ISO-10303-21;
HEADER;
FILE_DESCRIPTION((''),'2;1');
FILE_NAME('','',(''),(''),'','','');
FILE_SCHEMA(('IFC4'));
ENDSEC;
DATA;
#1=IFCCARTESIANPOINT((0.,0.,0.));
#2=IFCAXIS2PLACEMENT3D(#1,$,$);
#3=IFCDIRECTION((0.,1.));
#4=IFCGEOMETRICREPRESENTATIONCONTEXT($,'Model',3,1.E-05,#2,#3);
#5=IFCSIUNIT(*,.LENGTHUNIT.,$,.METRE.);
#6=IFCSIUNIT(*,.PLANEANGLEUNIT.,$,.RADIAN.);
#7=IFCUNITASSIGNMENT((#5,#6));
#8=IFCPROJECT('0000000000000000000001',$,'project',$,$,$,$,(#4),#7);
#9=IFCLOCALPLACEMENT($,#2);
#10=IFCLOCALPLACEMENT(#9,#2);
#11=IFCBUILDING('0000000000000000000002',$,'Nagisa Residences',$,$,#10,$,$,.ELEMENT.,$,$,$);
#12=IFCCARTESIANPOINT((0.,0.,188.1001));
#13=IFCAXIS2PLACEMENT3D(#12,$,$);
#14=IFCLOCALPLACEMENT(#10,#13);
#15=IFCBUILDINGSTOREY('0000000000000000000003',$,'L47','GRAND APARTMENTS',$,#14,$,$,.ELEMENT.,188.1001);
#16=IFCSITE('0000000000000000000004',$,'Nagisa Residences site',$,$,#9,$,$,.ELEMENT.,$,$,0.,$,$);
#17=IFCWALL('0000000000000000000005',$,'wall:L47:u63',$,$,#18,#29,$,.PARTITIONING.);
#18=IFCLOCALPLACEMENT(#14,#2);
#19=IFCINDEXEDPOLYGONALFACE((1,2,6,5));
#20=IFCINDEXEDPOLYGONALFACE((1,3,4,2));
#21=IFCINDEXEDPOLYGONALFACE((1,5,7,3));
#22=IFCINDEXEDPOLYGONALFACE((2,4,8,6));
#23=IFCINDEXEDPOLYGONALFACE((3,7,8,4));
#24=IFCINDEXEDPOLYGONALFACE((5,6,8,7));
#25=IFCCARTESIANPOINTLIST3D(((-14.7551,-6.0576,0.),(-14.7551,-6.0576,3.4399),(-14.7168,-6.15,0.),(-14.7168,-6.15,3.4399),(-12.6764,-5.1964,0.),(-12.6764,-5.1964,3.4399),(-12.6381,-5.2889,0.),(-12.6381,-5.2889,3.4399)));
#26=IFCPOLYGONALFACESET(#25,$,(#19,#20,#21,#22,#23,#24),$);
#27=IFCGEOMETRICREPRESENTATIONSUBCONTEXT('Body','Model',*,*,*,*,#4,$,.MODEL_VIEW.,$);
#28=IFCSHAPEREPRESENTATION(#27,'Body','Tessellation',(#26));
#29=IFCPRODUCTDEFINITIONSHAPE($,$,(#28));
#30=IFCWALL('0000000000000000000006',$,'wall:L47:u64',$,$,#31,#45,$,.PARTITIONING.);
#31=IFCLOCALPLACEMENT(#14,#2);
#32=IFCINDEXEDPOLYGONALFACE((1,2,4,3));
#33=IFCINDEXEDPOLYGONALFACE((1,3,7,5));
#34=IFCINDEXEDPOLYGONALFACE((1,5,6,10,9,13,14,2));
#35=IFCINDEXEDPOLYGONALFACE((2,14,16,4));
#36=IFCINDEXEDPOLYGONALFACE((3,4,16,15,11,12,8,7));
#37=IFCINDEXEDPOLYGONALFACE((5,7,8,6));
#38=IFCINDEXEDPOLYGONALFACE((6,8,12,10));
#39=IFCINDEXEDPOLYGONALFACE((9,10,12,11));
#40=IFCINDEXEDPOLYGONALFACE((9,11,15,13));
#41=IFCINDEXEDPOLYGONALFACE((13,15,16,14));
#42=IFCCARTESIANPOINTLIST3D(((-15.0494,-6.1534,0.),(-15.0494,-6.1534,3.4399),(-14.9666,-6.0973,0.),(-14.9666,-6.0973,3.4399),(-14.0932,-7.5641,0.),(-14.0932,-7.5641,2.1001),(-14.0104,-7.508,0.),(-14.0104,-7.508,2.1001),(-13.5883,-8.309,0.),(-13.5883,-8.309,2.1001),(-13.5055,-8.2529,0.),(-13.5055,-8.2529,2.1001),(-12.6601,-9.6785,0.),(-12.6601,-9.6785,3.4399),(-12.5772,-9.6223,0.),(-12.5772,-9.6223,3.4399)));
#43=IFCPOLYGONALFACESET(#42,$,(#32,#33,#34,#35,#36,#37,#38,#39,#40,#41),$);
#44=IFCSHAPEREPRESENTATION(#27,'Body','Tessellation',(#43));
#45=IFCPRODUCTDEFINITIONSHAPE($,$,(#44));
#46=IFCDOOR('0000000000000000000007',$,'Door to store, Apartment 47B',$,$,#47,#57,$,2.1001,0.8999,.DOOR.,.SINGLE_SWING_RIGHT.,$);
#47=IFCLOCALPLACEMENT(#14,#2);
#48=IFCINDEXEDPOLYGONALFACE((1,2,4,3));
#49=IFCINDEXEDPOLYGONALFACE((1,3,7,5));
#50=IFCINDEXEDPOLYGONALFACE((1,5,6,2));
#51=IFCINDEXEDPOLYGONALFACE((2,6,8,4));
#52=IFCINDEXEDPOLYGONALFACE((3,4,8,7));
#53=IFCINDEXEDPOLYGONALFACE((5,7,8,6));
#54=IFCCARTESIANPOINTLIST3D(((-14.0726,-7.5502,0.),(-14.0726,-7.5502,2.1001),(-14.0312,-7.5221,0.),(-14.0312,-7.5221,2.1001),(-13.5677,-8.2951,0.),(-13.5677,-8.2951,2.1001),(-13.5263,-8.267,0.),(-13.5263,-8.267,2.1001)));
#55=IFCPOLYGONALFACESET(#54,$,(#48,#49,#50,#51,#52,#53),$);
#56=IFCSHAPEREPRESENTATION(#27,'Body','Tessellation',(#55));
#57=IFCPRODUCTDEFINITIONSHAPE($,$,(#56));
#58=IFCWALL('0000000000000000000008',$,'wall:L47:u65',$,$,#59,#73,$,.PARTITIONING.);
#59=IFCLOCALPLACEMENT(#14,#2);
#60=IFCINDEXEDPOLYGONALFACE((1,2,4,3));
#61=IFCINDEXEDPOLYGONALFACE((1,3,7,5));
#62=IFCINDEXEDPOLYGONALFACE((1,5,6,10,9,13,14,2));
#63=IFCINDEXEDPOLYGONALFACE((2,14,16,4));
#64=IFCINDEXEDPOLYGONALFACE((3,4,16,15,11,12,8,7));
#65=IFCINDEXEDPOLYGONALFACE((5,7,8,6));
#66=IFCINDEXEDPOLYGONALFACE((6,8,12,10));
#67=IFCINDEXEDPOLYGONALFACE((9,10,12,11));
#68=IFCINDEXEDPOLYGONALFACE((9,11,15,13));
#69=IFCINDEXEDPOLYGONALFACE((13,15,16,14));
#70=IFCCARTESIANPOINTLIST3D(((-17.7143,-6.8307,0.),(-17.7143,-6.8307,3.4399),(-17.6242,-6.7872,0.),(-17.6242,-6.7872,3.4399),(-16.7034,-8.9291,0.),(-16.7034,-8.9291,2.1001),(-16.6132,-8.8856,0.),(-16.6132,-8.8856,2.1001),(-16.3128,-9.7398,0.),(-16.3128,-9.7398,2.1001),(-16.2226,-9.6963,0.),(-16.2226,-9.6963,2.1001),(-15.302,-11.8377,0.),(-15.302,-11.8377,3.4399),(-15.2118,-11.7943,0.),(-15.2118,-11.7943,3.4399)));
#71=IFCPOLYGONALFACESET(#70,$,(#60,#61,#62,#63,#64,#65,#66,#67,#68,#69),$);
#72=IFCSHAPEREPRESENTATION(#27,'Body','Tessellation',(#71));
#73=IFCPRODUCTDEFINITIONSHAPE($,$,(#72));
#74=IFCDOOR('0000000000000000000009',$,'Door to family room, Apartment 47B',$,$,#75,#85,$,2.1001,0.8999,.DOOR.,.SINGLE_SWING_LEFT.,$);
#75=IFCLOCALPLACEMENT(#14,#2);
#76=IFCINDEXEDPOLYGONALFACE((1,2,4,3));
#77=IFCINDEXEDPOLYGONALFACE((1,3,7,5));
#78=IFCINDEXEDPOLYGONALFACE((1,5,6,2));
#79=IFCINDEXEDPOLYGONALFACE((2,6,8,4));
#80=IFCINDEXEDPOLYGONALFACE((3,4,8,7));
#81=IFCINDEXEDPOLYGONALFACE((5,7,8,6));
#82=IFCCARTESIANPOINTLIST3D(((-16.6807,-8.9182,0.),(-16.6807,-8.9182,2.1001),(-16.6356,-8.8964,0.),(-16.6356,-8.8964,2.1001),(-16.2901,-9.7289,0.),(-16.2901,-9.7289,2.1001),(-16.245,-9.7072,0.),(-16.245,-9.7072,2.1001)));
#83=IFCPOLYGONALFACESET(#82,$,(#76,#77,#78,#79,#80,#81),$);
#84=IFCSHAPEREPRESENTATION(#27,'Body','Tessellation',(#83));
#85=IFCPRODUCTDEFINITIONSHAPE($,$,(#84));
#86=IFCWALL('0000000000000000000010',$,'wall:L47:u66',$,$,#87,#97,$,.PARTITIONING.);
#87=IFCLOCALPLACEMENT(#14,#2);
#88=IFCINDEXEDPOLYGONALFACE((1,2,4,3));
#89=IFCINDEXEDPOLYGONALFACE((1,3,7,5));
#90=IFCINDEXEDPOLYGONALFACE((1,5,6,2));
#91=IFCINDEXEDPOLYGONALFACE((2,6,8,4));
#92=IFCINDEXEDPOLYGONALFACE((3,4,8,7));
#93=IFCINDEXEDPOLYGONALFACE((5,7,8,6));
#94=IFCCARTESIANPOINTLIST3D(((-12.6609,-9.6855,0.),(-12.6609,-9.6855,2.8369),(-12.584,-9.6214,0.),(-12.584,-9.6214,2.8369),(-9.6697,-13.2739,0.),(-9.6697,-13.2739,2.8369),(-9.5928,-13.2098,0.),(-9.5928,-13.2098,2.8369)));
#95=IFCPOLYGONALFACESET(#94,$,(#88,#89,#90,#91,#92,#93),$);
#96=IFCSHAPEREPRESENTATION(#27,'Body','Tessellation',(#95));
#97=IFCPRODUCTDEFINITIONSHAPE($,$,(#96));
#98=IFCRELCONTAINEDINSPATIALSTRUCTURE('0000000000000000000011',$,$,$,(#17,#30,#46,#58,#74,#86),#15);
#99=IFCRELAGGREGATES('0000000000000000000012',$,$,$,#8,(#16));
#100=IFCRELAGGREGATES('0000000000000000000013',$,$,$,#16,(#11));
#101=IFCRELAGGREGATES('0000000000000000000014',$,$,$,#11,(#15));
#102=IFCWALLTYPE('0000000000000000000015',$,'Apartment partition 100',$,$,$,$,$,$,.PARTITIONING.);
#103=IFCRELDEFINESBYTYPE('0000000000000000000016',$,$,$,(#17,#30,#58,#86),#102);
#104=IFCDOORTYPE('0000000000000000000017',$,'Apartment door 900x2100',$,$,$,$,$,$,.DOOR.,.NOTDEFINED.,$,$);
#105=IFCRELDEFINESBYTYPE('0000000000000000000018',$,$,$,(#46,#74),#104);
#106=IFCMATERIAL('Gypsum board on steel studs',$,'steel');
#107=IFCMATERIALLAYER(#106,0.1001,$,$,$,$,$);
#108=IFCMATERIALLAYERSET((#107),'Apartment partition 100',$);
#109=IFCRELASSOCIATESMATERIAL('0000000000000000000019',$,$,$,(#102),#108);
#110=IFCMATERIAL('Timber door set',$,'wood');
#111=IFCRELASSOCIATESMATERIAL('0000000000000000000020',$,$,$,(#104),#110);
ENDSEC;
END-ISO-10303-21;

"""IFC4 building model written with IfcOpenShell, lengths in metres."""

from ifc_helpers import new_model, si_unit, direction, frame, frame_2d, origin, place, context, subcontext, project, spatial, rectangle, extrude, material, layer, layer_set, type_object, element, fill, save


model = new_model("IFC4")

# Units and contexts
model_context = context("Model", 3, precision=1e-05, world=origin(), true_north=direction((0.0, 1.0)))
body_context = subcontext(model_context, "Body", "Model", "MODEL_VIEW")
ifc_project = project(units=[si_unit("LENGTHUNIT", "METRE"), si_unit("PLANEANGLEUNIT", "RADIAN")], contexts=[model_context])

# Site, building, storey
site_placement = place(None, origin())
site = spatial("IfcSite", under=ifc_project, at=site_placement, Name="Nagisa Residences site", CompositionType="ELEMENT", RefElevation=0.0)
building_placement = place(site_placement, origin())
building = spatial("IfcBuilding", under=site, at=building_placement, Name="Nagisa Residences", CompositionType="ELEMENT")
storey_placement = place(building_placement, frame((0.0, 0.0, 188.1001)))
storey = spatial("IfcBuildingStorey", under=building, at=storey_placement, Name="L47", Description="GRAND APARTMENTS", CompositionType="ELEMENT", Elevation=188.1001)

# Shared definitions
ifc_material_1 = material(Name="Gypsum board on steel studs", Category="steel")
ifc_layer_1 = layer(ifc_material_1, 0.1001)
ifc_layer_set_1 = layer_set([ifc_layer_1], Name="Apartment partition 100")
wall_type_1 = type_object("IfcWallType", Name="Apartment partition 100", PredefinedType="PARTITIONING", material=ifc_layer_set_1)

# Shared definitions
ifc_material_2 = material(Name="Timber door set", Category="wood")
door_type = type_object("IfcDoorType", Name="Apartment door 900x2100", OperationType="NOTDEFINED", PredefinedType="DOOR", material=ifc_material_2)

# Wall
wall_1_placement = place(storey_placement, frame((-12.6572, -5.2427, 0.0), z_axis=(0.0, 0.0, 1.0), x_axis=(-0.923865, -0.382719, 0.0)))
element("IfcWall", 1, at=wall_1_placement, inside=storey, type_object=wall_type_1, Name="wall:L47:u63", PredefinedType="PARTITIONING", context=body_context, shape_type="SweptSolid", body=[
    extrude(rectangle(XDim=2.25, YDim=0.1001, at=frame_2d((1.125, 0.0))), origin(), (0.0, 0.0, 1.0), 3.4399),
])

# Walls, openings, doors
wall_2_placement = place(storey_placement, frame((-15.0081, -6.1252, 0.0), z_axis=(0.0, 0.0, 1.0), x_axis=(0.561074, -0.827766, 0.0)))
wall_2 = element("IfcWall", 2, at=wall_2_placement, inside=storey, type_object=wall_type_1, Name="wall:L47:u64", PredefinedType="PARTITIONING", context=body_context, shape_type="SweptSolid", body=[
    extrude(rectangle(XDim=4.2585, YDim=0.1001, at=frame_2d((2.1294, 0.0))), origin(), (0.0, 0.0, 1.0), 3.4399),
])
opening_1_placement = place(wall_2_placement, frame((1.7043, 0.0, 0.0)))
opening_1 = element("IfcOpeningElement", 3, at=opening_1_placement, cuts=wall_2, PredefinedType="OPENING", context=body_context, shape_type="SweptSolid", body=[
    extrude(rectangle(XDim=0.8999, YDim=2.1001, at=frame_2d((0.45, 1.05))), frame((0.0, 0.0601, 0.0), z_axis=(0.0, -1.0, 0.0), x_axis=(1.0, 0.0, 0.0)), (0.0, 0.0, 1.0), 0.1201),
])
door_1_placement = place(opening_1_placement, origin())
door_1 = element("IfcDoor", 4, at=door_1_placement, inside=storey, type_object=door_type, Name="Door to store, Apartment 47B", OperationType="SINGLE_SWING_RIGHT", OverallHeight=2.1001, OverallWidth=0.8999, PredefinedType="DOOR", context=body_context, shape_type="SweptSolid", body=[
    extrude(rectangle(XDim=0.8999, YDim=2.1001, at=frame_2d((0.45, 1.05))), frame((0.0, 0.0249, 0.0), z_axis=(0.0, -1.0, 0.0), x_axis=(1.0, 0.0, 0.0)), (0.0, 0.0, 1.0), 0.05),
])
fill(opening_1, door_1)
wall_3_placement = place(storey_placement, frame((-17.6692, -6.8091, 0.0), z_axis=(0.0, 0.0, 1.0), x_axis=(0.43404, -0.900894, 0.0)))
wall_3 = element("IfcWall", 5, at=wall_3_placement, inside=storey, type_object=wall_type_1, Name="wall:L47:u65", PredefinedType="PARTITIONING", context=body_context, shape_type="SweptSolid", body=[
    extrude(rectangle(XDim=5.5579, YDim=0.1001, at=frame_2d((2.7788, 0.0))), origin(), (0.0, 0.0, 1.0), 3.4399),
])
opening_2_placement = place(wall_3_placement, frame((2.3291, 0.0, 0.0)))
opening_2 = element("IfcOpeningElement", 6, at=opening_2_placement, cuts=wall_3, PredefinedType="OPENING", context=body_context, shape_type="SweptSolid", body=[
    extrude(rectangle(XDim=0.8999, YDim=2.1001, at=frame_2d((0.45, 1.05))), frame((0.0, 0.0601, 0.0), z_axis=(0.0, -1.0, 0.0), x_axis=(1.0, 0.0, 0.0)), (0.0, 0.0, 1.0), 0.1201),
])
door_2_placement = place(opening_2_placement, frame((0.8999, 0.0, 0.0), x_axis=(-1.0, 0.0, 0.0)))
door_2 = element("IfcDoor", 7, at=door_2_placement, inside=storey, type_object=door_type, Name="Door to family room, Apartment 47B", OperationType="SINGLE_SWING_LEFT", OverallHeight=2.1001, OverallWidth=0.8999, PredefinedType="DOOR", context=body_context, shape_type="SweptSolid", body=[
    extrude(rectangle(XDim=0.8999, YDim=2.1001, at=frame_2d((0.45, 1.05))), frame((0.0, 0.0249, 0.0), z_axis=(0.0, -1.0, 0.0), x_axis=(1.0, 0.0, 0.0)), (0.0, 0.0, 1.0), 0.05),
])
fill(opening_2, door_2)

# Wall
wall_4_placement = place(storey_placement, frame((-12.6226, -9.6533, 0.0), z_axis=(0.0, 0.0, 1.0), x_axis=(0.640297, -0.768127, 0.0)))
element("IfcWall", 8, at=wall_4_placement, inside=storey, type_object=wall_type_1, Name="wall:L47:u66", PredefinedType="PARTITIONING", context=body_context, shape_type="SweptSolid", body=[
    extrude(rectangle(XDim=4.6716, YDim=0.1001, at=frame_2d((2.3359, 0.0))), origin(), (0.0, 0.0, 1.0), 2.8369),
])

save(model, "model.ifc")
